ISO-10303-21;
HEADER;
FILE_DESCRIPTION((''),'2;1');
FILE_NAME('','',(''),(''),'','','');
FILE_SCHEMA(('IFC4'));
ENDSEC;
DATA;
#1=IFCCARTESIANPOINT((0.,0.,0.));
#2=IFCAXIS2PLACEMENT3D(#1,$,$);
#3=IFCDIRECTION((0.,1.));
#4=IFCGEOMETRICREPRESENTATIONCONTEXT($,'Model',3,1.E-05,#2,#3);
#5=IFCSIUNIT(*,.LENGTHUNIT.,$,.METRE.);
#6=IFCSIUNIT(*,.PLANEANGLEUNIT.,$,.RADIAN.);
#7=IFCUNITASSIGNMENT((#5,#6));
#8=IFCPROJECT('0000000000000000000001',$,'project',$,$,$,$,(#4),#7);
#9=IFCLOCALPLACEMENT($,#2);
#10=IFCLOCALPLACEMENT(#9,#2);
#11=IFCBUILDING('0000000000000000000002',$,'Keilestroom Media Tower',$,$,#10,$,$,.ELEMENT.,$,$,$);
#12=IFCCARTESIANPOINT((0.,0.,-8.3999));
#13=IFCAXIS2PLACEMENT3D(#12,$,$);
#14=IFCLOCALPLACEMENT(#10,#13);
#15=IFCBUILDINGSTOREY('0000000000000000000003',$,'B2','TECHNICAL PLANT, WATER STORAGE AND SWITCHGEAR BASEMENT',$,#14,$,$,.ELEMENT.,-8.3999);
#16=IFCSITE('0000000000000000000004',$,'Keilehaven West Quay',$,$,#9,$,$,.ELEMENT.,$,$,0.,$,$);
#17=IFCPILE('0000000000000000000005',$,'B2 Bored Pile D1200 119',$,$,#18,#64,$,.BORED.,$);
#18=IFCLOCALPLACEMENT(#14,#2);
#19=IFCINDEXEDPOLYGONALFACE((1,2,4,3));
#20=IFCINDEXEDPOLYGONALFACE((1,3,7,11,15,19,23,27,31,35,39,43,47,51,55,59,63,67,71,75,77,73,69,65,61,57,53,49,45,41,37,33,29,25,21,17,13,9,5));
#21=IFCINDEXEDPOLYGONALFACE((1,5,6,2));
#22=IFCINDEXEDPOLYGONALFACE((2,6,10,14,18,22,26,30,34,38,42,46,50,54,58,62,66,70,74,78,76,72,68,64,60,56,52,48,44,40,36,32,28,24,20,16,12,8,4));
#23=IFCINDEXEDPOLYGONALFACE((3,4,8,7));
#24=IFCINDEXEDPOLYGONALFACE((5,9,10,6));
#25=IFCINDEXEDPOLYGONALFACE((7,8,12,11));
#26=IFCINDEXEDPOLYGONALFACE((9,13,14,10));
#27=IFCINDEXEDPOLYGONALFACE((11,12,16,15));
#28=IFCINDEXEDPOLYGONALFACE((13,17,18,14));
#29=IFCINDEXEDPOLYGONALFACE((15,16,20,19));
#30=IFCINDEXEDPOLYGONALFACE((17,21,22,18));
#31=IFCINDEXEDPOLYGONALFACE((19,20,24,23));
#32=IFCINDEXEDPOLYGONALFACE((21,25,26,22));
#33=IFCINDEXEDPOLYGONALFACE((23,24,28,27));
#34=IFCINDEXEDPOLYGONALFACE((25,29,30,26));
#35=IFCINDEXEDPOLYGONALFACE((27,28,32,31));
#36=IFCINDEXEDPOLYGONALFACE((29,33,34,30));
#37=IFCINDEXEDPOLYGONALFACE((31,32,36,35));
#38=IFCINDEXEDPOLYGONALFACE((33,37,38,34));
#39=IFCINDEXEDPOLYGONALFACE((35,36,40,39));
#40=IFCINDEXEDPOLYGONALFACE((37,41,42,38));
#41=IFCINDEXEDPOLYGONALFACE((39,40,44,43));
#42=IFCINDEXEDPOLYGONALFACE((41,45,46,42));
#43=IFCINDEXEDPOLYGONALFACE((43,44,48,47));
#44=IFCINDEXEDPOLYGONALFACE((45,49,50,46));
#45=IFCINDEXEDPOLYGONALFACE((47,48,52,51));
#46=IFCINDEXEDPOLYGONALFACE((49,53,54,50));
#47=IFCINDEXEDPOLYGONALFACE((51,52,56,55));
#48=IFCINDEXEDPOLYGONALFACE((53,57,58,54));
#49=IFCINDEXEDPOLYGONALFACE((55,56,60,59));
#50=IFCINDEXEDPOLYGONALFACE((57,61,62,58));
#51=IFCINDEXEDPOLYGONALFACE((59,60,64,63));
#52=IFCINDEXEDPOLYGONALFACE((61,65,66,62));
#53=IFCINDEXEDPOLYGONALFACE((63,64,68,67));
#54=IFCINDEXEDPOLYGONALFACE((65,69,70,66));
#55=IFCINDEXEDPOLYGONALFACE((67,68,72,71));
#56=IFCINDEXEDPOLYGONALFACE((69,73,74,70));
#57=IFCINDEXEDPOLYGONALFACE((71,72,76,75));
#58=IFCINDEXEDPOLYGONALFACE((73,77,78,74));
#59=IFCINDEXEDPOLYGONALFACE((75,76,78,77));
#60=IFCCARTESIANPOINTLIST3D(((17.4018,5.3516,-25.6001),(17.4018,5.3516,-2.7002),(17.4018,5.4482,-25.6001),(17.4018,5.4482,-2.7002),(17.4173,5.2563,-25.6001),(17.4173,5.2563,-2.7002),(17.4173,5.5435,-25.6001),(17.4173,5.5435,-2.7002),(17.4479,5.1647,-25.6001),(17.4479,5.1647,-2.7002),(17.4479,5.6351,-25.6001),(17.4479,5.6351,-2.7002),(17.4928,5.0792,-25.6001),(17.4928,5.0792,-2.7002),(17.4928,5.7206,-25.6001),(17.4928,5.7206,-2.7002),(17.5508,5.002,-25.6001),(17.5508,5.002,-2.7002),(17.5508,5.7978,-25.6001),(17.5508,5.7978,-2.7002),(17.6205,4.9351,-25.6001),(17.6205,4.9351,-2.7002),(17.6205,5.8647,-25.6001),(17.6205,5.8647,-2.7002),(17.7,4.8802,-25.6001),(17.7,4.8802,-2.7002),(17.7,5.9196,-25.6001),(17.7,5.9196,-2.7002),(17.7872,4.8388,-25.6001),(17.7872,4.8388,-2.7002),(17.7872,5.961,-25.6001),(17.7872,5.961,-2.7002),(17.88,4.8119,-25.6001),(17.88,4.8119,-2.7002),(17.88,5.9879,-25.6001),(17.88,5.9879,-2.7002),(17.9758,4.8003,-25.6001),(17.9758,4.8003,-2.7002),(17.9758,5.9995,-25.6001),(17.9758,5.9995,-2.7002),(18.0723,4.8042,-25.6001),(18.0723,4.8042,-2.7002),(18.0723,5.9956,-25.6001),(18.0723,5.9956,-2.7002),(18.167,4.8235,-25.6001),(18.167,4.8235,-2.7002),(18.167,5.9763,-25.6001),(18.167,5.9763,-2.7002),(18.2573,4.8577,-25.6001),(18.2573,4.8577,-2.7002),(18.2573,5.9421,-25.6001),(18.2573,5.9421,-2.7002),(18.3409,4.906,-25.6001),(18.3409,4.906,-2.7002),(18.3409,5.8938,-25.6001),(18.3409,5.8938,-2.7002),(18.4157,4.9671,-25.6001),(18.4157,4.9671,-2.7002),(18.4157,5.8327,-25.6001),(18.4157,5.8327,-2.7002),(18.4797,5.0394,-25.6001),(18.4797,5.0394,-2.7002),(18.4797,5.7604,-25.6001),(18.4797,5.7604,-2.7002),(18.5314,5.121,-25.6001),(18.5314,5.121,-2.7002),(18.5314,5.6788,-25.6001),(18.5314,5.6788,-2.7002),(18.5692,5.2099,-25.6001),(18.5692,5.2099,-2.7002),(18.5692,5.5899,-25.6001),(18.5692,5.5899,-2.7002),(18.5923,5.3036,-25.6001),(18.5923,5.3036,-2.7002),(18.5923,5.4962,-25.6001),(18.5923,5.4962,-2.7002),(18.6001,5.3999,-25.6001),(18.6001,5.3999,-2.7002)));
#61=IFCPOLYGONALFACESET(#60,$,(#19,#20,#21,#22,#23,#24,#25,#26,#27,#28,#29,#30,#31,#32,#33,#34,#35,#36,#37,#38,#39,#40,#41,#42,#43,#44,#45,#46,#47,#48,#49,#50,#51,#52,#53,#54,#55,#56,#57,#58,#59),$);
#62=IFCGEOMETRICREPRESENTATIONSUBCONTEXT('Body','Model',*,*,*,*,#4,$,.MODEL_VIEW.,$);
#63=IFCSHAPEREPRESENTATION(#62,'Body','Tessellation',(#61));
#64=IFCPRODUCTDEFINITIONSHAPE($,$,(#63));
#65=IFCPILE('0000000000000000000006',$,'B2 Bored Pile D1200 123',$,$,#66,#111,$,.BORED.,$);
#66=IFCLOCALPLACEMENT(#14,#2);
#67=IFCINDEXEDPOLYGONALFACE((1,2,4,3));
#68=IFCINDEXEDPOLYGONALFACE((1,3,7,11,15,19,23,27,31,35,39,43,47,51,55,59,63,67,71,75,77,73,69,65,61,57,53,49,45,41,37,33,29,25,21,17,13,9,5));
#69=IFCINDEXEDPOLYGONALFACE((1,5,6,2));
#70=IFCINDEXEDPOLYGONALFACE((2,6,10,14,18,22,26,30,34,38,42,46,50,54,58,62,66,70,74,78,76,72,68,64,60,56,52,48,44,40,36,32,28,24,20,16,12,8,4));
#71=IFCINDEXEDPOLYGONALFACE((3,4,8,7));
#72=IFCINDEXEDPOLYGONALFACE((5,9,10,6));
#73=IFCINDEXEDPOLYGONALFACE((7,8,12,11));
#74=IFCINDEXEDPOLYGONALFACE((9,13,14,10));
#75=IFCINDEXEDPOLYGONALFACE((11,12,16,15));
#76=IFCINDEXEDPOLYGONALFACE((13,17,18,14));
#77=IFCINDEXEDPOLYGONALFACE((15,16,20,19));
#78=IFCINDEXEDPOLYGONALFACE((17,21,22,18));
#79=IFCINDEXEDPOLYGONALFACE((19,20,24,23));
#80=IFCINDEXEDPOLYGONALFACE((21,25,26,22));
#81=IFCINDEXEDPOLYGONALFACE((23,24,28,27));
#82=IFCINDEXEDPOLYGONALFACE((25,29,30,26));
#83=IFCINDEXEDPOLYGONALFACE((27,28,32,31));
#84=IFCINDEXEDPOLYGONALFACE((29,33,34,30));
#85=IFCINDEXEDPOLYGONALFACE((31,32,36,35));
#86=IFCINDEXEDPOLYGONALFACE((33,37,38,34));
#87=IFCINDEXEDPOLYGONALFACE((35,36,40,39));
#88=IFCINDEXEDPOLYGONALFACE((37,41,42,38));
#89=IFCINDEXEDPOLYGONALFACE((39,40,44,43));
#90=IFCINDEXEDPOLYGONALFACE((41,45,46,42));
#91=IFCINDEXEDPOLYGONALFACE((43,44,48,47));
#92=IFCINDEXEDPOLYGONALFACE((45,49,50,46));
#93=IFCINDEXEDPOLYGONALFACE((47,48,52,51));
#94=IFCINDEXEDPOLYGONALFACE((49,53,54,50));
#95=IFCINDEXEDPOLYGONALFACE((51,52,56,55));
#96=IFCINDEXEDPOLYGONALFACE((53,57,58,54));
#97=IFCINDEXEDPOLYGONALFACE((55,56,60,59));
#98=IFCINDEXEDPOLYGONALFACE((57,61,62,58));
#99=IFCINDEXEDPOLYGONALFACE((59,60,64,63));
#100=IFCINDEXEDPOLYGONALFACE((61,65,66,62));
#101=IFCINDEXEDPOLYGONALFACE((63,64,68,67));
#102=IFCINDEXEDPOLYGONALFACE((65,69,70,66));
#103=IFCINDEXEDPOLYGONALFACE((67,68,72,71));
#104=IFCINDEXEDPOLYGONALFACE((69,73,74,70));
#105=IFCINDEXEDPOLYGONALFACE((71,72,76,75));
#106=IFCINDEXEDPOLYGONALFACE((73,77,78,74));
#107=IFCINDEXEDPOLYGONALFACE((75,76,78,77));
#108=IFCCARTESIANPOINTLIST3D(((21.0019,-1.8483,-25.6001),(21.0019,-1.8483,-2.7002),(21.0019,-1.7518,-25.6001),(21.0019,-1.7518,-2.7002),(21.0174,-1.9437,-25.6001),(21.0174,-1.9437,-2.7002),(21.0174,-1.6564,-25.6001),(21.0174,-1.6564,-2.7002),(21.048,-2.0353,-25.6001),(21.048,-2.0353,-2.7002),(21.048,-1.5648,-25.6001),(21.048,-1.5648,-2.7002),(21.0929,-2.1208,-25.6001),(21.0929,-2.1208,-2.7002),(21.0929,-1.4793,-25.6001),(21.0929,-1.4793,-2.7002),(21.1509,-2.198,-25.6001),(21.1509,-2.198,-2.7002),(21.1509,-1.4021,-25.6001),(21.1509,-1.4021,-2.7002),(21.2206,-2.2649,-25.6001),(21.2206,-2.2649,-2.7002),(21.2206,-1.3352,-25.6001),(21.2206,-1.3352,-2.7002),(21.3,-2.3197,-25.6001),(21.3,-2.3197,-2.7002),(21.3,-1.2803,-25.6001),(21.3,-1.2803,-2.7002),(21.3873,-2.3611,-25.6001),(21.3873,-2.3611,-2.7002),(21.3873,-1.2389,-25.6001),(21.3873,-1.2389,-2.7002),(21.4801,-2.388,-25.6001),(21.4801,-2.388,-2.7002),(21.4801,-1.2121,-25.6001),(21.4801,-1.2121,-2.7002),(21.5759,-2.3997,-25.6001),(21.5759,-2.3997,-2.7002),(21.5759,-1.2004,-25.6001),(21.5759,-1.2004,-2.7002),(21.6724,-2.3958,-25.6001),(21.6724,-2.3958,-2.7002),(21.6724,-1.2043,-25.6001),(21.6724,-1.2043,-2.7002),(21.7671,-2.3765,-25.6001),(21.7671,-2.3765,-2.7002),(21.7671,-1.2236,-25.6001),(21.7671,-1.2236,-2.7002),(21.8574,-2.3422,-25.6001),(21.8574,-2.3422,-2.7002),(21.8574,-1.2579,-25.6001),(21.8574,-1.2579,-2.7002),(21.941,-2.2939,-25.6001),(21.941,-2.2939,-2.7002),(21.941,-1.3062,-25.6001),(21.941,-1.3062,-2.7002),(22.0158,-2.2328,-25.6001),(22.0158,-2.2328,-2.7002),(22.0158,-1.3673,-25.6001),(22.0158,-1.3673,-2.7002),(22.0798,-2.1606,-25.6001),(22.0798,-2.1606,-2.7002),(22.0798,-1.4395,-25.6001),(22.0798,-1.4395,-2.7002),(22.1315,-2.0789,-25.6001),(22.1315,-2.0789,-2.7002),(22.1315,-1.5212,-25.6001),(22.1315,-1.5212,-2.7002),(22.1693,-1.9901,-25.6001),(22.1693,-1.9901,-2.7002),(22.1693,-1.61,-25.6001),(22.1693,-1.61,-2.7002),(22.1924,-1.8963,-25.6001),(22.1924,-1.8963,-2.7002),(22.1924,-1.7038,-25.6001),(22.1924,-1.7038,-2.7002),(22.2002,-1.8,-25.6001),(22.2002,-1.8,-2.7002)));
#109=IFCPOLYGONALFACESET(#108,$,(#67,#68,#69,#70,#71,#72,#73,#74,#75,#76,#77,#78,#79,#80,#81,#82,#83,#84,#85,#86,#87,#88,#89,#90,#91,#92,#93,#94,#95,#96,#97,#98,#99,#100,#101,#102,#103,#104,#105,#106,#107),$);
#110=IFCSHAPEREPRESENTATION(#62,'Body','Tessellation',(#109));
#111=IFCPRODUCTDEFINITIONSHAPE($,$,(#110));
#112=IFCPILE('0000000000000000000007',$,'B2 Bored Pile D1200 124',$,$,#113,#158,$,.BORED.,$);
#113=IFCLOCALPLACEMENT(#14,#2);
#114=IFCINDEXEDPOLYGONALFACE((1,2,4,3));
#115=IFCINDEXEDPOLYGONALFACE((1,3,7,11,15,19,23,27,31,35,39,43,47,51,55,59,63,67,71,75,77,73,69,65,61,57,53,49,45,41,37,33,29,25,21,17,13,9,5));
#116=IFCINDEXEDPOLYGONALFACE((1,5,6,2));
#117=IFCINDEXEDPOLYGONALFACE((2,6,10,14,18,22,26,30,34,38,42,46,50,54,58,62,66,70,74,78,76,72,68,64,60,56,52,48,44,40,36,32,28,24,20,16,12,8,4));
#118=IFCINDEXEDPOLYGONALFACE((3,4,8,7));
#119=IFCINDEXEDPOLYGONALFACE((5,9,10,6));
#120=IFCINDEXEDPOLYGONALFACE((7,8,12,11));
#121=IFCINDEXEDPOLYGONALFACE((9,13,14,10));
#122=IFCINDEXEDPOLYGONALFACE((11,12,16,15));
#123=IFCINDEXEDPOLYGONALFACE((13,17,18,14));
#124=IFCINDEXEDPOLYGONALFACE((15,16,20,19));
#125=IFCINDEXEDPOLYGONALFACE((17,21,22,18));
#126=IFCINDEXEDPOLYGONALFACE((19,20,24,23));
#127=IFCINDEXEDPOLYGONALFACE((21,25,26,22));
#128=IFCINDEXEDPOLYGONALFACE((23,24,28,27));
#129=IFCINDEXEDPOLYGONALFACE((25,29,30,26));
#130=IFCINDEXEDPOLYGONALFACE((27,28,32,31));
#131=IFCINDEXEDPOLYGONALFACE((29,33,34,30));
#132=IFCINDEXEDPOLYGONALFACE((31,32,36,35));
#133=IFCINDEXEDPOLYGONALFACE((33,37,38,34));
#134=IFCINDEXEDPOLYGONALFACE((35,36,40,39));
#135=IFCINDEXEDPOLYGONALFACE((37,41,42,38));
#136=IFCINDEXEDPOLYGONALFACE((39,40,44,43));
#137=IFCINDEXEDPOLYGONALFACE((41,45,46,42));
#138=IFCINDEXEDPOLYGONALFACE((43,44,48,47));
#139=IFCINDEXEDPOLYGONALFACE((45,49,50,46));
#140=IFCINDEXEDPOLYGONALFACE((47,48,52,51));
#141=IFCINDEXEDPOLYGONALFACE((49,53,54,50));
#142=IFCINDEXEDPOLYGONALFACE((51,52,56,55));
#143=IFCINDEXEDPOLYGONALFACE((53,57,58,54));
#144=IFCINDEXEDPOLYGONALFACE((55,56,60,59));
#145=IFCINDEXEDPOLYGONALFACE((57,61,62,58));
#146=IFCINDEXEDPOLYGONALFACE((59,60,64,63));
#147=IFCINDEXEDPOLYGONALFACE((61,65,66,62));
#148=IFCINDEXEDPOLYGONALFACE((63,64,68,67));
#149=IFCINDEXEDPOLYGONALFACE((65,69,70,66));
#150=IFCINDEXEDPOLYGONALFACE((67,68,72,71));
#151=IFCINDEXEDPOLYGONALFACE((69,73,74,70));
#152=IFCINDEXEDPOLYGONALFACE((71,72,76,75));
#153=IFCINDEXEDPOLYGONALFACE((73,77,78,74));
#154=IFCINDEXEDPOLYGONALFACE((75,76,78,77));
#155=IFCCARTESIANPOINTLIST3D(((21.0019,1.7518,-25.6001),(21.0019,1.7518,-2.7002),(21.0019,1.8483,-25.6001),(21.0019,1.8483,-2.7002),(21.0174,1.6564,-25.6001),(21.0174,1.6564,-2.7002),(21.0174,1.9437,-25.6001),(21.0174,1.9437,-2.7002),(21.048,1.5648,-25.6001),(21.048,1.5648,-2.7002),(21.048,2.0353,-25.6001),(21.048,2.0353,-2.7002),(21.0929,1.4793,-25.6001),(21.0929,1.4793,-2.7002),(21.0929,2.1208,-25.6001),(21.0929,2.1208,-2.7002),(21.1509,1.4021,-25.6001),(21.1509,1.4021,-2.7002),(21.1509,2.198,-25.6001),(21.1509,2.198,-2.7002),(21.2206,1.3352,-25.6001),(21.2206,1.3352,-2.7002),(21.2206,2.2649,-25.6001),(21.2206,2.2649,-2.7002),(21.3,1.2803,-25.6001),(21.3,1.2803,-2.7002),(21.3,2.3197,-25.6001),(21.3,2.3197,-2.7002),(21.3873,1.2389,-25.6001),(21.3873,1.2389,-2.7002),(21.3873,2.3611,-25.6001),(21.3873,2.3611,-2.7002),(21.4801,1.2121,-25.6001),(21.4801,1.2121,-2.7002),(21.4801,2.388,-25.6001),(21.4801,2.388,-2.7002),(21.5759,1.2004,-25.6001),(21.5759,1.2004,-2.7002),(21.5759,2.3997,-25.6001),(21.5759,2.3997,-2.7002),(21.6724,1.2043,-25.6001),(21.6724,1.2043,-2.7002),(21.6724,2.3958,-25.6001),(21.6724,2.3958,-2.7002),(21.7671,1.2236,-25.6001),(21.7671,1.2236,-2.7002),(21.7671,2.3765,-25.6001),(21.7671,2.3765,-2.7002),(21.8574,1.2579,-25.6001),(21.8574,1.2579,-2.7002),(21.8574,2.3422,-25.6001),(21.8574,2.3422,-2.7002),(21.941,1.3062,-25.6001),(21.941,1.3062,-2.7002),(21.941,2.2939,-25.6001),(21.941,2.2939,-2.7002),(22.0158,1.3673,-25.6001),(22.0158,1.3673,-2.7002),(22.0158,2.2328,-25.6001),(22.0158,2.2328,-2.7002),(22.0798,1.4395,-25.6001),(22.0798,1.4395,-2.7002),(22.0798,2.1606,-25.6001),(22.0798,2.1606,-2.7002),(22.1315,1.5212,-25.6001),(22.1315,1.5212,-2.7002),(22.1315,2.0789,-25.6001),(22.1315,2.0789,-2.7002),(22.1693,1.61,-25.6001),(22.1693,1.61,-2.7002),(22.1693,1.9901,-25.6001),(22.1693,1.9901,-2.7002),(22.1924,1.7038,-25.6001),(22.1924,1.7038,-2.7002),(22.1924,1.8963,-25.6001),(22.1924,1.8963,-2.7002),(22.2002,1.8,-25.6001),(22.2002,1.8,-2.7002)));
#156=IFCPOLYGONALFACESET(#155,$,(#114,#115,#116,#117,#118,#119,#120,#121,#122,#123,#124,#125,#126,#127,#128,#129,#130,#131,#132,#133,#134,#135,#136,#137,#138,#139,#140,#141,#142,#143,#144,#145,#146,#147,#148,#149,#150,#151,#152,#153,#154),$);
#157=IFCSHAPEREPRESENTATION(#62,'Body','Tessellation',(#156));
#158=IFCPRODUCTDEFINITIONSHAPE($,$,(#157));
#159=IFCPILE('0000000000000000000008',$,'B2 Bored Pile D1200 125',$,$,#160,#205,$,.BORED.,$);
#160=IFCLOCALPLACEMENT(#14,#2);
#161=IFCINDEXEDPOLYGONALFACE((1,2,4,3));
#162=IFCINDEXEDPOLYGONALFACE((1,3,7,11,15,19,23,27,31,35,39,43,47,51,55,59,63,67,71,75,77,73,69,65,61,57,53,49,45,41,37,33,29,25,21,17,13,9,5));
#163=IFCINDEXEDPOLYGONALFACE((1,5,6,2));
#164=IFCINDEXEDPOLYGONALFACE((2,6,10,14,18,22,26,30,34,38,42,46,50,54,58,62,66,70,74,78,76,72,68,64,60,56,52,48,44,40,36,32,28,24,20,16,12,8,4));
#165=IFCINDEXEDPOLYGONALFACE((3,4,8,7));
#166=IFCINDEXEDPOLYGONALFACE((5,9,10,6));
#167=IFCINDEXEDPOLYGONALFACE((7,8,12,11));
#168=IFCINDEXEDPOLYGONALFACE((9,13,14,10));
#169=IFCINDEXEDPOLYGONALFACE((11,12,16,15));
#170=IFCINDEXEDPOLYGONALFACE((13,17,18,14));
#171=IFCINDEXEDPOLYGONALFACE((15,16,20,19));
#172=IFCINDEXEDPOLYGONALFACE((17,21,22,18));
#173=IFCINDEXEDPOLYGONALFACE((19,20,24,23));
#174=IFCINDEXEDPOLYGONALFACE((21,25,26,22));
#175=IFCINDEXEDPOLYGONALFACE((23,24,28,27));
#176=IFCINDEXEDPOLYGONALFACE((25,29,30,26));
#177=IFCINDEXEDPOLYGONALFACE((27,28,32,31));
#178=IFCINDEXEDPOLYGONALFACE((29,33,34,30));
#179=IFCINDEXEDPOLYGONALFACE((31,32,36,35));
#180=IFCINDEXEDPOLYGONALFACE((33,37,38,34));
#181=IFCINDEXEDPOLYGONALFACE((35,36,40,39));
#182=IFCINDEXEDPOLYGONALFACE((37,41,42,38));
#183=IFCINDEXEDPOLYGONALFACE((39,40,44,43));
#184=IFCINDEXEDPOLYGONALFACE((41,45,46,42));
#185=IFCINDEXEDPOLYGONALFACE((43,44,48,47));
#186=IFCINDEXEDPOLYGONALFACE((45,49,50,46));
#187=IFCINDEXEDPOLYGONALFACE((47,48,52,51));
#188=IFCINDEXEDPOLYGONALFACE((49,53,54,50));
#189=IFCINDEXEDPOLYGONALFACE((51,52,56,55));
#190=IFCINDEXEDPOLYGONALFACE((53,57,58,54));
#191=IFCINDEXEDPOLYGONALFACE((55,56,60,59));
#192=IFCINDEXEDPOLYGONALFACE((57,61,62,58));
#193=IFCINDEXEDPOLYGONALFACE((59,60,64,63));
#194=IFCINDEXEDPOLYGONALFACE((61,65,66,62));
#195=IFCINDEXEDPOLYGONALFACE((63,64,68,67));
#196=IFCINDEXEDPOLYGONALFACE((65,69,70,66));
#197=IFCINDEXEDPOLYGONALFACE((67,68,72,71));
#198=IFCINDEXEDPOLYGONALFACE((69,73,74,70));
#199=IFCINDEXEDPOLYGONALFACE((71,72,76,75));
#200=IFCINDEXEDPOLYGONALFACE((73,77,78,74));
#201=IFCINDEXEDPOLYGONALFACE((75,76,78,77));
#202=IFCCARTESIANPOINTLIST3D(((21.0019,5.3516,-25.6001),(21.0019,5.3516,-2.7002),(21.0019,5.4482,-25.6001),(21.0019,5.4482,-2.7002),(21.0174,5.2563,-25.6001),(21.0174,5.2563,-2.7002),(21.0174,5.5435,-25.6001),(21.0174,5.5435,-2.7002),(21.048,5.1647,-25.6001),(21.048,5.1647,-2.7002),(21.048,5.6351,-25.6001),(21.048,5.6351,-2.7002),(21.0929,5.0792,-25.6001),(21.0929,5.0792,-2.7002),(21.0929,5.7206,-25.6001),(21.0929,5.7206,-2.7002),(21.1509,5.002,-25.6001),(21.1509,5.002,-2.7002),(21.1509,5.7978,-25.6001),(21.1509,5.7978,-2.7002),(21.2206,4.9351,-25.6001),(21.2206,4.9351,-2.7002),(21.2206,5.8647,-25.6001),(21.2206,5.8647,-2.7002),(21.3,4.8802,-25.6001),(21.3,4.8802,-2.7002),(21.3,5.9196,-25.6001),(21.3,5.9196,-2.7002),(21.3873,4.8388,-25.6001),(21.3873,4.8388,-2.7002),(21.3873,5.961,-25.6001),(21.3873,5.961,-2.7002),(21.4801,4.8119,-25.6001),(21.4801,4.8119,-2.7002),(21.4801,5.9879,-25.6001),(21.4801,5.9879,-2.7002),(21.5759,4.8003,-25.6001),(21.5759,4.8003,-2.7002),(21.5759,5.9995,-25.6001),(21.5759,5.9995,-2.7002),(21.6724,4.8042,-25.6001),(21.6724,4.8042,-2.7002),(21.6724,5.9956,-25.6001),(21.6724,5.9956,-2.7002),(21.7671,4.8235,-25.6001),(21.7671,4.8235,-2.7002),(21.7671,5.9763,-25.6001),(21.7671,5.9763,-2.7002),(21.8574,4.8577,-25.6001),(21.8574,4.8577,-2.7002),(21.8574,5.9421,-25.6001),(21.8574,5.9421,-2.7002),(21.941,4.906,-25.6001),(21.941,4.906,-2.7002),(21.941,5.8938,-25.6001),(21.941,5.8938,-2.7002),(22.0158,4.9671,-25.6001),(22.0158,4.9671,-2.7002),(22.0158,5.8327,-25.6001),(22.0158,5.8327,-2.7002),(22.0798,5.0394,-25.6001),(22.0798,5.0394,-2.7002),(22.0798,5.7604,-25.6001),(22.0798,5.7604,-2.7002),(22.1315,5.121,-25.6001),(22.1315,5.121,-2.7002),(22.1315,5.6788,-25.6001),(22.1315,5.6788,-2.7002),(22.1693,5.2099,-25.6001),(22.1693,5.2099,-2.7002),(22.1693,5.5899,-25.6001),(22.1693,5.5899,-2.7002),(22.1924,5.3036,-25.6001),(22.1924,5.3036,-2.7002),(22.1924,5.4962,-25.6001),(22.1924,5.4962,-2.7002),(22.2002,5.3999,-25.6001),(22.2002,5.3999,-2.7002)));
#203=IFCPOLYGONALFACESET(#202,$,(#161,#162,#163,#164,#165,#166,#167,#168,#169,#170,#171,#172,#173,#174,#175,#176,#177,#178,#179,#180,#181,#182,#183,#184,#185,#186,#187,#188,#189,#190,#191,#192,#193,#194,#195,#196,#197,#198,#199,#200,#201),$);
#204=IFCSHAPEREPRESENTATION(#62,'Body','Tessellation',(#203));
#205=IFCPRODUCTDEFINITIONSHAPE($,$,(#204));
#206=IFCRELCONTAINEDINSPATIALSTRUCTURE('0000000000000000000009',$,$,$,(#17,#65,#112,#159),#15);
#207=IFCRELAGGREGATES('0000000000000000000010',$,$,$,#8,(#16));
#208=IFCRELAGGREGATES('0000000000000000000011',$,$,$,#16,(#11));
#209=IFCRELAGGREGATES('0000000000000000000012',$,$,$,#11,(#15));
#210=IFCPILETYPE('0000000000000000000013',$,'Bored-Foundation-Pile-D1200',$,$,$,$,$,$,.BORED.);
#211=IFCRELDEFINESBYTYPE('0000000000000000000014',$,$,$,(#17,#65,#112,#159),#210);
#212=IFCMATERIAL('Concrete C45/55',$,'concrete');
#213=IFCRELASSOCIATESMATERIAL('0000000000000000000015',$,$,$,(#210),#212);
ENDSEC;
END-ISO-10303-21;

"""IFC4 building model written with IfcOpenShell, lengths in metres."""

from ifc_helpers import new_model, si_unit, direction, frame, origin, origin_2d, place, context, subcontext, project, spatial, circle, extrude, source, transform, mapped, material, material_profile, profile_set, type_object, element, save


model = new_model("IFC4")

# Units and contexts
model_context = context("Model", 3, precision=1e-05, world=origin(), true_north=direction((0.0, 1.0)))
body_context = subcontext(model_context, "Body", "Model", "MODEL_VIEW")
ifc_project = project(units=[si_unit("LENGTHUNIT", "METRE"), si_unit("PLANEANGLEUNIT", "RADIAN")], contexts=[model_context])

# Site, building, storey
site_placement = place(None, origin())
site = spatial("IfcSite", under=ifc_project, at=site_placement, Name="Keilehaven West Quay", CompositionType="ELEMENT", RefElevation=0.0)
building_placement = place(site_placement, origin())
building = spatial("IfcBuilding", under=site, at=building_placement, Name="Keilestroom Media Tower", CompositionType="ELEMENT")
storey_placement = place(building_placement, frame((0.0, 0.0, -8.3999)))
storey = spatial("IfcBuildingStorey", under=building, at=storey_placement, Name="B2", Description="TECHNICAL PLANT, WATER STORAGE AND SWITCHGEAR BASEMENT", CompositionType="ELEMENT", Elevation=-8.3999)

# Piles
ifc_material_1 = material(Name="Concrete C45/55", Category="concrete")
ifc_material_profile_1 = material_profile(ifc_material_1, circle(Radius=0.6001, at=origin_2d()), Name="BORED PILE D1200")
ifc_profile_set_1 = profile_set([ifc_material_profile_1], Name="Concrete C45/55")
pile_type = type_object("IfcPileType", Name="Bored-Foundation-Pile-D1200", PredefinedType="BORED", material=ifc_profile_set_1)
shared_shape_1 = source(origin(), body_context, "Body", "SweptSolid", [
    extrude(circle(Radius=0.6001, at=origin_2d()), origin(), (0.0, 0.0, 1.0), 22.8999),
])
for number, where, z_axis, x_axis, name in (
    (1, (18.0, 5.3999, -2.7002), (0.0, 0.0, -1.0), (1.0, 0.0, 0.0), "B2 Bored Pile D1200 119"),
    (2, (21.6001, -1.8, -2.7002), (0.0, 0.0, -1.0), (1.0, 0.0, 0.0), "B2 Bored Pile D1200 123"),
    (3, (21.6001, 1.8, -2.7002), (0.0, 0.0, -1.0), (1.0, 0.0, 0.0), "B2 Bored Pile D1200 124"),
    (4, (21.6001, 5.3999, -2.7002), (0.0, 0.0, -1.0), (1.0, 0.0, 0.0), "B2 Bored Pile D1200 125"),
):
    element("IfcPile", number, at=place(storey_placement, frame(where, z_axis=z_axis, x_axis=x_axis)), inside=storey, type_object=pile_type, Name=name, PredefinedType="BORED", context=body_context, shape_type="MappedRepresentation", body=[
        mapped(shared_shape_1, transform((0.0, 0.0, 0.0), x_axis=(1.0, 0.0, 0.0), y_axis=(0.0, 1.0, 0.0), z_axis=(0.0, 0.0, 1.0), scale=1.0)),
    ])

save(model, "model.ifc")
